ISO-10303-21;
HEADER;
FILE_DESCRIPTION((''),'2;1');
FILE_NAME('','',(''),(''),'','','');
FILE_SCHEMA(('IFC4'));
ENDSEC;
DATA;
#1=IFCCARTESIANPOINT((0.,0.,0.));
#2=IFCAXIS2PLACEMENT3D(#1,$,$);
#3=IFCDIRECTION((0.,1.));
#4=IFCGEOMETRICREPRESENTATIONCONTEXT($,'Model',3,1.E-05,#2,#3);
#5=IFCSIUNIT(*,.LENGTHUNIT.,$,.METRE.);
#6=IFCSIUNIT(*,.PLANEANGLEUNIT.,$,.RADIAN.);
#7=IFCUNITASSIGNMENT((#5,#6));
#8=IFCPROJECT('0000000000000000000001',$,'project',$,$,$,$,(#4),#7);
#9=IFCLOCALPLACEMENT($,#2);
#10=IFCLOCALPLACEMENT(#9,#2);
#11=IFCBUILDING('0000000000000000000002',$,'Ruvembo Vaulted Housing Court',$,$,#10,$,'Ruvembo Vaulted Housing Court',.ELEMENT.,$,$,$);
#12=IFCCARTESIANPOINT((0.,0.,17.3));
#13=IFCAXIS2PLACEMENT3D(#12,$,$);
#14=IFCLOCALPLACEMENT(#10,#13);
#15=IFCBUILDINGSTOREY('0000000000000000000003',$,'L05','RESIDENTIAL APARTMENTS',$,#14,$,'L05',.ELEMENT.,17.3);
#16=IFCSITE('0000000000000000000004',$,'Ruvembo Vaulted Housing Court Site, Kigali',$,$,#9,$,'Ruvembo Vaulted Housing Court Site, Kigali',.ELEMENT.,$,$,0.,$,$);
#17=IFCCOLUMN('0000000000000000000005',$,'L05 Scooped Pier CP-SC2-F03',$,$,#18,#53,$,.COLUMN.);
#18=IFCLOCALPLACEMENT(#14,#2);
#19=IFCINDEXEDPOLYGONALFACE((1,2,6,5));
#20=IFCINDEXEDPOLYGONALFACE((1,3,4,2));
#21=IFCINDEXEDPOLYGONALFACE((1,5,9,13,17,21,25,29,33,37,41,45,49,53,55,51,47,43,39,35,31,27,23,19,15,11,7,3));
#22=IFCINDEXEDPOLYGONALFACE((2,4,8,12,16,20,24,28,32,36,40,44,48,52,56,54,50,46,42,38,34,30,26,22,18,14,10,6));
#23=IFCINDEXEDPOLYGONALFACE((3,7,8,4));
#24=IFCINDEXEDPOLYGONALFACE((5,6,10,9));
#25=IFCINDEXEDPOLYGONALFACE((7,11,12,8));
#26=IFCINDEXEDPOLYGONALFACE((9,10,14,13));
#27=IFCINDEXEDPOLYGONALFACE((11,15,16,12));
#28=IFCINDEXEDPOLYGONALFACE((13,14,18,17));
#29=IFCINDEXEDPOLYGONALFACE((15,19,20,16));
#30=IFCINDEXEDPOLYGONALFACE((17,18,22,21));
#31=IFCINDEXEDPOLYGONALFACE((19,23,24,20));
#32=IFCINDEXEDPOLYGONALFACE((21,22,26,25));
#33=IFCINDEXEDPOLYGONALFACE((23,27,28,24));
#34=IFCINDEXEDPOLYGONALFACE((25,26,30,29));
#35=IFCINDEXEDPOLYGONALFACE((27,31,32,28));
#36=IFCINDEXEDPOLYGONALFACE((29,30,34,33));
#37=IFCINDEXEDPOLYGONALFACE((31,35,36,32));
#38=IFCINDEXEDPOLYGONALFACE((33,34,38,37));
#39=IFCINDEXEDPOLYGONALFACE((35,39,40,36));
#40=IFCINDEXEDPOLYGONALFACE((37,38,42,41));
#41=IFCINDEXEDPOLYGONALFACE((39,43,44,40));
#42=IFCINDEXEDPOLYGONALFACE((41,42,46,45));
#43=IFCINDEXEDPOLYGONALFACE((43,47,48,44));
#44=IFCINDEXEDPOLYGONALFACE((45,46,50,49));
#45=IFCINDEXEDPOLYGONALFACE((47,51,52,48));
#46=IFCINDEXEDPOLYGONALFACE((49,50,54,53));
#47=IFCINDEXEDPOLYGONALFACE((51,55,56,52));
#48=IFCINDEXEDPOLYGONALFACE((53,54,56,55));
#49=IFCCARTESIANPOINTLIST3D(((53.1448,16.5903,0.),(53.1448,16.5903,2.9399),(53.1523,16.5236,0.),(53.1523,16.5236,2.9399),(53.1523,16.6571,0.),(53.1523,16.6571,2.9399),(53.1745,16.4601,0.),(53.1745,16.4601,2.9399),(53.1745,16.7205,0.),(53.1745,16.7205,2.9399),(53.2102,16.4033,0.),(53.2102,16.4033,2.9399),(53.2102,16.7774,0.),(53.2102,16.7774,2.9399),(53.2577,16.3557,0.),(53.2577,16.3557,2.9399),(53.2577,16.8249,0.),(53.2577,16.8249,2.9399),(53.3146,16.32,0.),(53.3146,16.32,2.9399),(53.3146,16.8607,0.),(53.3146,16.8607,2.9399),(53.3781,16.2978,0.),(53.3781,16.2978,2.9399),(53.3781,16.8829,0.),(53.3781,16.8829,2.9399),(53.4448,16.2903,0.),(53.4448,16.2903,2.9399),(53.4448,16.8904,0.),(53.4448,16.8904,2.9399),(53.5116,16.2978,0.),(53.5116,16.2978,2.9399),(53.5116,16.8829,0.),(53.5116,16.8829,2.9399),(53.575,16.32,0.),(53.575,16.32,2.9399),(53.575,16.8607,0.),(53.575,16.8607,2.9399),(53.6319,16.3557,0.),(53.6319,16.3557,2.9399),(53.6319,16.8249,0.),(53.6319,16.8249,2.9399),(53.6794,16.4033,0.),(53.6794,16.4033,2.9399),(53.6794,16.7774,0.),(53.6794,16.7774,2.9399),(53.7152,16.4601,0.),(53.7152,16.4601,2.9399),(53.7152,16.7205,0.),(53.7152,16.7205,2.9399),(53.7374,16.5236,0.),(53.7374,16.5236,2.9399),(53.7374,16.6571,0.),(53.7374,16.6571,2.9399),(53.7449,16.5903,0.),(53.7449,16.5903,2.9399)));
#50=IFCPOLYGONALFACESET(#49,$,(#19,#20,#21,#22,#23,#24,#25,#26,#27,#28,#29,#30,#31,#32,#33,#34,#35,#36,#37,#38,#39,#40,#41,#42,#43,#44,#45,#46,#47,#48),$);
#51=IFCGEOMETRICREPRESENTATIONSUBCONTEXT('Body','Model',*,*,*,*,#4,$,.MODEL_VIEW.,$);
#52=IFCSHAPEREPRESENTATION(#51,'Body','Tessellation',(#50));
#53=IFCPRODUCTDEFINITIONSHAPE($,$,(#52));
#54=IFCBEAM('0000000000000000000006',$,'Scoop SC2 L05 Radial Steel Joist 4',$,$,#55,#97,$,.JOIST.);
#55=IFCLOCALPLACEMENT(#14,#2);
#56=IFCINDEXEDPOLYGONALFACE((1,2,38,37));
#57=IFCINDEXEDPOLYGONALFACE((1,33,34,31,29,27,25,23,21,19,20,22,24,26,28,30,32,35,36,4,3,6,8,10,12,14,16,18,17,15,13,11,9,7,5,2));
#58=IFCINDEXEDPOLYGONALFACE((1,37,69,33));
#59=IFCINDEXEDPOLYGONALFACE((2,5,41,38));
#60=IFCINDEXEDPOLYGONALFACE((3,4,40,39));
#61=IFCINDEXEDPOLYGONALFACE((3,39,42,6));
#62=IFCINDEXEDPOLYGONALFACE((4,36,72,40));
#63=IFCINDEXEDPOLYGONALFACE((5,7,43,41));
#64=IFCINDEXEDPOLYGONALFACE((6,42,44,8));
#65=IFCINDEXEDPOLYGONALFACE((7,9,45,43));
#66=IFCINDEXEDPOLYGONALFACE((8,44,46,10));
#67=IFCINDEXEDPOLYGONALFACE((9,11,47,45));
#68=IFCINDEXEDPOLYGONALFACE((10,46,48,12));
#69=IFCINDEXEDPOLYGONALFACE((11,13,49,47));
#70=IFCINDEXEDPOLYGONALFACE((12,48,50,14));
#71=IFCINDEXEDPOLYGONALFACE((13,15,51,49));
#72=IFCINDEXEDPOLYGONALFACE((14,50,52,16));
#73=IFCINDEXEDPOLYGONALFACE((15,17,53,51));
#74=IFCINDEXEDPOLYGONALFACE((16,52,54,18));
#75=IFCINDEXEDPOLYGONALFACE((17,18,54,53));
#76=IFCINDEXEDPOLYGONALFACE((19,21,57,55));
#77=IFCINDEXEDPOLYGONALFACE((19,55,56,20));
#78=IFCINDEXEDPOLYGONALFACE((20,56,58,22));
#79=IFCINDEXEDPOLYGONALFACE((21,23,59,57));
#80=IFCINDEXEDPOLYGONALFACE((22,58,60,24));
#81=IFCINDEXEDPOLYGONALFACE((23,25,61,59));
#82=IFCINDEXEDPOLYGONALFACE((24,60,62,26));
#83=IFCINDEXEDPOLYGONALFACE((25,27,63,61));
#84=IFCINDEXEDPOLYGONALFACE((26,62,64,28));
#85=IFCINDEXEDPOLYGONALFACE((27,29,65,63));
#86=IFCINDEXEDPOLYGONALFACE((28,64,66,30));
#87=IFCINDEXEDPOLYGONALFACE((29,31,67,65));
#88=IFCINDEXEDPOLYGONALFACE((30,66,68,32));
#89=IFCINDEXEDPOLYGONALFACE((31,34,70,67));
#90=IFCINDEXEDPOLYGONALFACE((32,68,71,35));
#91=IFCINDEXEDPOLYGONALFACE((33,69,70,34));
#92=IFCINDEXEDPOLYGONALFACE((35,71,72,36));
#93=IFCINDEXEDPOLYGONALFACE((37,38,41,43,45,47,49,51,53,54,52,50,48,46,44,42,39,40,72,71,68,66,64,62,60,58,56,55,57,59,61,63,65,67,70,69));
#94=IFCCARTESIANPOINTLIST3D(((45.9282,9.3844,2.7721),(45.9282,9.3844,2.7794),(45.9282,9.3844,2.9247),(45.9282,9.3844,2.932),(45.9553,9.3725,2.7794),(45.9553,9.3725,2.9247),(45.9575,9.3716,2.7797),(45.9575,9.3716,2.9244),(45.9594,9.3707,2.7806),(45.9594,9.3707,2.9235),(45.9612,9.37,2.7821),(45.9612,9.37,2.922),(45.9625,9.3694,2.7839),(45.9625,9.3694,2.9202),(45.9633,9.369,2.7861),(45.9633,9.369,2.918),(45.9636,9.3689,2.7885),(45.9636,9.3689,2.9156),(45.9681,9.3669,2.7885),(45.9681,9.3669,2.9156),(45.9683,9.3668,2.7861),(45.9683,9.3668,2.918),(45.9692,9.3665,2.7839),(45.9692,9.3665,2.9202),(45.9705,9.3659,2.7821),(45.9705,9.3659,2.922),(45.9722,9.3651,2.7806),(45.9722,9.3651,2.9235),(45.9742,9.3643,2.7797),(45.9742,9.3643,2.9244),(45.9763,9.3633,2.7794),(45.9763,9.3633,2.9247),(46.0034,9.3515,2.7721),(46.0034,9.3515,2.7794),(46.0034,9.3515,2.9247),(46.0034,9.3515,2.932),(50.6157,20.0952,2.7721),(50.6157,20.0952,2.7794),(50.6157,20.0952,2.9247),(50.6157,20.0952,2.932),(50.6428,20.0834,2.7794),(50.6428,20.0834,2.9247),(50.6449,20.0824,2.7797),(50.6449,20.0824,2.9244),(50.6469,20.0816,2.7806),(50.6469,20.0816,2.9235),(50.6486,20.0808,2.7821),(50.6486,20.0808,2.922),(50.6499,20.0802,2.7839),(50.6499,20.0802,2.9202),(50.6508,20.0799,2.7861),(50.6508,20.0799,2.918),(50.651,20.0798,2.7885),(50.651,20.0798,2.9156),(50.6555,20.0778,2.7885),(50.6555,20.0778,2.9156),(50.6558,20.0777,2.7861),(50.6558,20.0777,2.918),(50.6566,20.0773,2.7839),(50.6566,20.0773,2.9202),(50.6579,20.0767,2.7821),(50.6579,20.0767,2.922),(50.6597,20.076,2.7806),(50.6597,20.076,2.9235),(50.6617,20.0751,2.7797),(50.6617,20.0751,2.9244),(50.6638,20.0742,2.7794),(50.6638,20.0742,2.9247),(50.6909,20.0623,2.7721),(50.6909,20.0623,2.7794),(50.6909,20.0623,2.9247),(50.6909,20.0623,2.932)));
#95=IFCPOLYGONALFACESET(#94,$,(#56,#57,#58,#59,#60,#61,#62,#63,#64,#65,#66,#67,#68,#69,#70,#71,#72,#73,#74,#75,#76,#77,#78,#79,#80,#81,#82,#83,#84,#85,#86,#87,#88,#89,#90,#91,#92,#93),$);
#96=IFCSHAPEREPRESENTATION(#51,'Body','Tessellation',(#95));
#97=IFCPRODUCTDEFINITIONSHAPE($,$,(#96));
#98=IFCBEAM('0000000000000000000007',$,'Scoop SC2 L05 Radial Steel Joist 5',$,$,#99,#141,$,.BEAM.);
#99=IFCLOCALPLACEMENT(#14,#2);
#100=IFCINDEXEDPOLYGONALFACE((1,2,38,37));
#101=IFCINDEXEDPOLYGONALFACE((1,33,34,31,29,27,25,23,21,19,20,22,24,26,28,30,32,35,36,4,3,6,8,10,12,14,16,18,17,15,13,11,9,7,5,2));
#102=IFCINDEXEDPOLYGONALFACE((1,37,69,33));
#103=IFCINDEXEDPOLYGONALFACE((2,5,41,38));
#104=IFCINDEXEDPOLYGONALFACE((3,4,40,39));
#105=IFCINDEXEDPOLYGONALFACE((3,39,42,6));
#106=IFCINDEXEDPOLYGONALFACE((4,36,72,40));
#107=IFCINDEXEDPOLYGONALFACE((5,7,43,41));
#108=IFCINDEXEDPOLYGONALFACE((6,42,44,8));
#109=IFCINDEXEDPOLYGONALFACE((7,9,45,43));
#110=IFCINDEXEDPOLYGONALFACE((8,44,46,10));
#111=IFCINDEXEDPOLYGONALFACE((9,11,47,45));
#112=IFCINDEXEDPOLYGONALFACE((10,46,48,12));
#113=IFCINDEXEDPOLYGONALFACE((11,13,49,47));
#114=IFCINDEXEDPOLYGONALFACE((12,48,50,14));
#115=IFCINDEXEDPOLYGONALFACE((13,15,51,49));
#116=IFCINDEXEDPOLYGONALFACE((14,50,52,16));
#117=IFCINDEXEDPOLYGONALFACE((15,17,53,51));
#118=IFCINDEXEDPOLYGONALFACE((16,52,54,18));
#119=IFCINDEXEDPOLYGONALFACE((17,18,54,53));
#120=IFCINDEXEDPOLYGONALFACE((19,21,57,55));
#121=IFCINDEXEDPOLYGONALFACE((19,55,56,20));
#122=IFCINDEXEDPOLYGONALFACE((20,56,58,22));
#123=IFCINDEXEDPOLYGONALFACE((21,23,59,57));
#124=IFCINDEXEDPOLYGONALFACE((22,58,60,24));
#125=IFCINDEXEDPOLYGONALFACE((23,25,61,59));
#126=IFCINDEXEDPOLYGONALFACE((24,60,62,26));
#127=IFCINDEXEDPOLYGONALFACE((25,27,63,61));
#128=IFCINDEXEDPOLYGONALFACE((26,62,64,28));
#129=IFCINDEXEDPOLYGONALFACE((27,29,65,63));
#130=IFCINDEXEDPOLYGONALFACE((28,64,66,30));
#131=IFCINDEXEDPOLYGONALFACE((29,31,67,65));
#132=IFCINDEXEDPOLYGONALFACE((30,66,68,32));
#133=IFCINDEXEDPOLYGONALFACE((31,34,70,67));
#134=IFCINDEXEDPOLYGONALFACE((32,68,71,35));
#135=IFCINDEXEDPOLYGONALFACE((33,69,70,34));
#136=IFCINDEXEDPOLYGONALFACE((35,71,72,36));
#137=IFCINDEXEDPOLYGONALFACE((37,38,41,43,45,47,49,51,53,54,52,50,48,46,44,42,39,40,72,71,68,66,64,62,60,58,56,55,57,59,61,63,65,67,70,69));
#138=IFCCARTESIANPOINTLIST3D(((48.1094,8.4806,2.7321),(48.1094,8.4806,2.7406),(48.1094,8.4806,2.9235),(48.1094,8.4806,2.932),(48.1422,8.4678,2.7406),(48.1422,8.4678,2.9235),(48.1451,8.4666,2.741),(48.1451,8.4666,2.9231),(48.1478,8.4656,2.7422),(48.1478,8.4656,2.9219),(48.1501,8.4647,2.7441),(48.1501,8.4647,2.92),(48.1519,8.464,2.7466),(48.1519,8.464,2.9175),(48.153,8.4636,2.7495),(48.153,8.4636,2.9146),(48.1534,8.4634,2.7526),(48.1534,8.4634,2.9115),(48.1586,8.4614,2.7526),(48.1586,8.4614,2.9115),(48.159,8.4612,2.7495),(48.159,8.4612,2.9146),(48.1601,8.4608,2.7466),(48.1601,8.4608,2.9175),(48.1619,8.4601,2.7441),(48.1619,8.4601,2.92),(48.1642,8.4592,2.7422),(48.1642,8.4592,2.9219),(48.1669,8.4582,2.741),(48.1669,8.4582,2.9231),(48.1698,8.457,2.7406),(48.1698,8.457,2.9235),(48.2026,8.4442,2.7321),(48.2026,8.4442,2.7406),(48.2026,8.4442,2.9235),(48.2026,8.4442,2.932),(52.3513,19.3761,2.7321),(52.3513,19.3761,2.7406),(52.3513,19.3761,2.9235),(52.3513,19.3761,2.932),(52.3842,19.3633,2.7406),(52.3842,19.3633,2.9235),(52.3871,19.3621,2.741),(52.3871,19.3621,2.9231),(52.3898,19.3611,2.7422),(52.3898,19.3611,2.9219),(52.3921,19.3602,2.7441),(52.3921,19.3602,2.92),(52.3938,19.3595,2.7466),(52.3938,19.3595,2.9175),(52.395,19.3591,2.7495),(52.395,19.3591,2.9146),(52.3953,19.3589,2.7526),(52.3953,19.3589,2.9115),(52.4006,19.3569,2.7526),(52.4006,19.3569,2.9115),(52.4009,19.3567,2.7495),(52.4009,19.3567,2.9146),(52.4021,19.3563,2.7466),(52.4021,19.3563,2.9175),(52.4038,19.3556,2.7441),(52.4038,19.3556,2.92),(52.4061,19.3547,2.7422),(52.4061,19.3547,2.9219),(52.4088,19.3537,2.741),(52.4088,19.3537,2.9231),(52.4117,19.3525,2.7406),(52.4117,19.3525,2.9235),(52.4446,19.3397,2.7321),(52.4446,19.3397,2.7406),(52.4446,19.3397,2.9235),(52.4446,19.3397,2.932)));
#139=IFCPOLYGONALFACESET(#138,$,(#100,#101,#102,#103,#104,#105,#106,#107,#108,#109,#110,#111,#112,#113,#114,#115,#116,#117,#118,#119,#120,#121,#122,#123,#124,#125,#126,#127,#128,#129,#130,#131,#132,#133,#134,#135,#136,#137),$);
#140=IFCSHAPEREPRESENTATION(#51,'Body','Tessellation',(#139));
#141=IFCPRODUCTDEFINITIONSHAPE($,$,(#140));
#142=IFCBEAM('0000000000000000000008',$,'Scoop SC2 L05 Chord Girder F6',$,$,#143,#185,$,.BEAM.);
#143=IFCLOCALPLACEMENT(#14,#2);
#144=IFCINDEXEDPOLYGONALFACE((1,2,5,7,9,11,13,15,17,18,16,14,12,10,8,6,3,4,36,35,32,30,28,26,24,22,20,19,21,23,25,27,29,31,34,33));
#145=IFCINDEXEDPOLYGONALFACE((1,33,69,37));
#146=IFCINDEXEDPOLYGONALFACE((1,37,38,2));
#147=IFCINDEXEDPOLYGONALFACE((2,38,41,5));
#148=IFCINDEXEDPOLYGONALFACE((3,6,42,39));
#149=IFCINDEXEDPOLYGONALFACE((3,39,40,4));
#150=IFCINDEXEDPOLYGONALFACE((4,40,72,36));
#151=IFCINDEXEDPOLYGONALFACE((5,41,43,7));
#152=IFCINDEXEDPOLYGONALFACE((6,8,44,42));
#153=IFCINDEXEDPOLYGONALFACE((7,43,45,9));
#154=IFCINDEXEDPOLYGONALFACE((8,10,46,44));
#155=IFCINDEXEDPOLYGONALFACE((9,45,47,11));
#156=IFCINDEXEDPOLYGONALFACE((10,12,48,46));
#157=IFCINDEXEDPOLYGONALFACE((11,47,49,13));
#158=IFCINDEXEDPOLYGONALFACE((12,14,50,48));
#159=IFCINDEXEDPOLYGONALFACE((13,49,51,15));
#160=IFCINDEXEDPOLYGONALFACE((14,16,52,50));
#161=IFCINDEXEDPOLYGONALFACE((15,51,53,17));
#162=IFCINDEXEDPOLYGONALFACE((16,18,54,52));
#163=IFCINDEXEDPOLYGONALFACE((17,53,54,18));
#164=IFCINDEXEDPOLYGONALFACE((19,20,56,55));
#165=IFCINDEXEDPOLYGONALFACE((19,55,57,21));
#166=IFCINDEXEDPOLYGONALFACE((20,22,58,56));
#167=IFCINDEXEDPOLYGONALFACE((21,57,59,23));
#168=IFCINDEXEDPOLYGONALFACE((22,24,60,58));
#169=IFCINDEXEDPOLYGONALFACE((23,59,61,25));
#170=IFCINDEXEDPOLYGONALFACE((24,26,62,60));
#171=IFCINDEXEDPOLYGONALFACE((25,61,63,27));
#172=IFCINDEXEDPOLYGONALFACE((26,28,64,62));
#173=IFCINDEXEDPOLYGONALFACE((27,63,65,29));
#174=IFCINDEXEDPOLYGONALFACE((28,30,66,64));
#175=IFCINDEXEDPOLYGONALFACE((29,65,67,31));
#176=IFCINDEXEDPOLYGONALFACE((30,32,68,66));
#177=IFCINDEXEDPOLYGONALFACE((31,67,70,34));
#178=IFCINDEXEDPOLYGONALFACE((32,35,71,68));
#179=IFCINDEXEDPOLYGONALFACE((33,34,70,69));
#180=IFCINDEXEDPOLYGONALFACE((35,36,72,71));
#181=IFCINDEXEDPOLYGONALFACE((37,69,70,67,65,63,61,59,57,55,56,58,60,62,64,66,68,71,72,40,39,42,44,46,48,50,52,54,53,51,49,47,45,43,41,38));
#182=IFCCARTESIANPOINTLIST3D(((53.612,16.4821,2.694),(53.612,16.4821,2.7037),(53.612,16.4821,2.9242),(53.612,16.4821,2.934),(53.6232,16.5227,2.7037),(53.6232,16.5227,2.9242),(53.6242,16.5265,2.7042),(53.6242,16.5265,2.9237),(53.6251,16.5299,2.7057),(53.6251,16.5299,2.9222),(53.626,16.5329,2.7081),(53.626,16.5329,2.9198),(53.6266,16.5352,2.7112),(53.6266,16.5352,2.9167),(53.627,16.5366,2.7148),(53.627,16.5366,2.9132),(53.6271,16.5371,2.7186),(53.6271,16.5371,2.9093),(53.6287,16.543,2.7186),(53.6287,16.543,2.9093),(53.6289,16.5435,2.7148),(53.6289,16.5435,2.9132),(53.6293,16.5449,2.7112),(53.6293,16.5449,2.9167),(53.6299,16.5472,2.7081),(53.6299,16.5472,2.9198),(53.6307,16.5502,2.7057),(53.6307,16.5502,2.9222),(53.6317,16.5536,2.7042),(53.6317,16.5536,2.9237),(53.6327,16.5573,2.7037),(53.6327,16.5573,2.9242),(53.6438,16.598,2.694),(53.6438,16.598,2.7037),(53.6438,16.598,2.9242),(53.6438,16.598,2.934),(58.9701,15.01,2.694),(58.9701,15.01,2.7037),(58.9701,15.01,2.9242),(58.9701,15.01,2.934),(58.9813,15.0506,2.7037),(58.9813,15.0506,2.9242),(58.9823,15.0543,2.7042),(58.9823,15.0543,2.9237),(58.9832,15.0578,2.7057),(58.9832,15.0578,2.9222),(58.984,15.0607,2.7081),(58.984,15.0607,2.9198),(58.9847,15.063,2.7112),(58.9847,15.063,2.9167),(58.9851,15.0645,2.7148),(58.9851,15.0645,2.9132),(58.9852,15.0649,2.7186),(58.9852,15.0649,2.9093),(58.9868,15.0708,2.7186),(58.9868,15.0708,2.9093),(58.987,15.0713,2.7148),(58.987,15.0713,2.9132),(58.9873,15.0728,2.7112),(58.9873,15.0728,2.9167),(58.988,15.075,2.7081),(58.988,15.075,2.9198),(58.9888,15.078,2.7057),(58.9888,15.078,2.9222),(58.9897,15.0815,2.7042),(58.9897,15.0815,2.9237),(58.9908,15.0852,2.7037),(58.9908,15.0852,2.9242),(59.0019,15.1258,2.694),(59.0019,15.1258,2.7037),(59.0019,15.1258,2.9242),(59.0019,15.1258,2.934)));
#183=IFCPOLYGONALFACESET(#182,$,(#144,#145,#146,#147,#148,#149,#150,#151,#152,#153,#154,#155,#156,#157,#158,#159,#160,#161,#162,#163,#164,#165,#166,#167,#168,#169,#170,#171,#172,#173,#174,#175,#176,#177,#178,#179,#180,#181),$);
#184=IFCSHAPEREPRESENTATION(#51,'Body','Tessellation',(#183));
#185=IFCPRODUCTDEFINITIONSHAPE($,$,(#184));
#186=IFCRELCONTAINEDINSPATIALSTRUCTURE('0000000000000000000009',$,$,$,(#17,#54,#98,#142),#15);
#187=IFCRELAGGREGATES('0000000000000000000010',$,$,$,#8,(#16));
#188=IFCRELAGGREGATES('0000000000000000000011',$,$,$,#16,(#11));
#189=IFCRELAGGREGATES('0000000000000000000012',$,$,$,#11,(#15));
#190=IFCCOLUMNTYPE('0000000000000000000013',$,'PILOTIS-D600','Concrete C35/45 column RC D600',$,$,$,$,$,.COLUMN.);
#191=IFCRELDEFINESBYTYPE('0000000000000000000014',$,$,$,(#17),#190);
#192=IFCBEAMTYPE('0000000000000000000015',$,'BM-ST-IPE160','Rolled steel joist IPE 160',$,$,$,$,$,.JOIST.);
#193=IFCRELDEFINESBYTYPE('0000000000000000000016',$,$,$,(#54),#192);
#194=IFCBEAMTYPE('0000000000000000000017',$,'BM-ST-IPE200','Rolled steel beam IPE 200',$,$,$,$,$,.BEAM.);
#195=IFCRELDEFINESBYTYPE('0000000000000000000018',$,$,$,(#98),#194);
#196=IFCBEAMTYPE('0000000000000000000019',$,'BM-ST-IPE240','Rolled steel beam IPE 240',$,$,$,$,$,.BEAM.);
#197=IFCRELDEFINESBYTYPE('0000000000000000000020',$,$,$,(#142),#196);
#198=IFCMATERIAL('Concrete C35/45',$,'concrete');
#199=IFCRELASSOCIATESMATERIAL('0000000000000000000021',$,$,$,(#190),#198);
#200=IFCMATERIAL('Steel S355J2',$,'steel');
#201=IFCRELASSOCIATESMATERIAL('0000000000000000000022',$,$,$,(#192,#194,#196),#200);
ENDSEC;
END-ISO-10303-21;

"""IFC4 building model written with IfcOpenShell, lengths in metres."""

from ifc_helpers import new_model, si_unit, direction, frame, origin, origin_2d, place, context, subcontext, project, spatial, circle, i_section, extrude, material, material_profile, profile_set, type_object, element, save


model = new_model("IFC4")

# Units and contexts
model_context = context("Model", 3, precision=1e-05, world=origin(), true_north=direction((0.0, 1.0)))
body_context = subcontext(model_context, "Body", "Model", "MODEL_VIEW")
ifc_project = project(units=[si_unit("LENGTHUNIT", "METRE"), si_unit("PLANEANGLEUNIT", "RADIAN")], contexts=[model_context])

# Site, building, storey
site_placement = place(None, origin())
site = spatial("IfcSite", under=ifc_project, at=site_placement, Name="Ruvembo Vaulted Housing Court Site, Kigali", LongName="Ruvembo Vaulted Housing Court Site, Kigali", CompositionType="ELEMENT", RefElevation=0.0)
building_placement = place(site_placement, origin())
building = spatial("IfcBuilding", under=site, at=building_placement, Name="Ruvembo Vaulted Housing Court", LongName="Ruvembo Vaulted Housing Court", CompositionType="ELEMENT")
storey_placement = place(building_placement, frame((0.0, 0.0, 17.3)))
storey = spatial("IfcBuildingStorey", under=building, at=storey_placement, Name="L05", Description="RESIDENTIAL APARTMENTS", LongName="L05", CompositionType="ELEMENT", Elevation=17.3)

# Column
ifc_material_1 = material(Name="Concrete C35/45", Category="concrete")
ifc_material_profile_1 = material_profile(ifc_material_1, circle(Radius=0.3, at=origin_2d()), Name="RC D600")
ifc_profile_set_1 = profile_set([ifc_material_profile_1], Name="Concrete C35/45")
column_type = type_object("IfcColumnType", Name="PILOTIS-D600", Description="Concrete C35/45 column RC D600", PredefinedType="COLUMN", material=ifc_profile_set_1)
column_placement = place(storey_placement, frame((53.4448, 16.5903, 0.0), z_axis=(0.0, 0.0, 1.0), x_axis=(1.0, 0.0, 0.0)))
element("IfcColumn", 1, at=column_placement, inside=storey, type_object=column_type, Name="L05 Scooped Pier CP-SC2-F03", PredefinedType="COLUMN", context=body_context, shape_type="SweptSolid", body=[
    extrude(circle(Radius=0.3, at=origin_2d()), origin(), (0.0, 0.0, 1.0), 2.9399),
])

# Beams
ifc_material_2 = material(Name="Steel S355J2", Category="steel")
ifc_material_profile_2 = material_profile(ifc_material_2, i_section(OverallWidth=0.082, OverallDepth=0.1599, WebThickness=0.0049, FlangeThickness=0.0073, FilletRadius=0.009, at=origin_2d()), Name="IPE 160")
ifc_profile_set_2 = profile_set([ifc_material_profile_2], Name="Steel S355J2")
beam_type_1 = type_object("IfcBeamType", Name="BM-ST-IPE160", Description="Rolled steel joist IPE 160", PredefinedType="JOIST", material=ifc_profile_set_2)
beam_1_placement = place(storey_placement, frame((45.9658, 9.3679, 2.8521), z_axis=(0.400924, 0.916111, 0.0), x_axis=(-0.916111, 0.400924, 0.0)))
element("IfcBeam", 2, at=beam_1_placement, inside=storey, type_object=beam_type_1, Name="Scoop SC2 L05 Radial Steel Joist 4", PredefinedType="JOIST", context=body_context, shape_type="SweptSolid", body=[
    extrude(i_section(OverallWidth=0.082, OverallDepth=0.1599, WebThickness=0.0049, FlangeThickness=0.0073, FilletRadius=0.009, at=origin_2d()), origin(), (0.0, 0.0, 1.0), 11.6917),
])
ifc_material_profile_3 = material_profile(ifc_material_2, i_section(OverallWidth=0.1001, OverallDepth=0.2, WebThickness=0.0056, FlangeThickness=0.0085, FilletRadius=0.012, at=origin_2d()), Name="IPE 200")
ifc_profile_set_3 = profile_set([ifc_material_profile_3], Name="Steel S355J2")
beam_type_2 = type_object("IfcBeamType", Name="BM-ST-IPE200", Description="Rolled steel beam IPE 200", PredefinedType="BEAM", material=ifc_profile_set_3)
beam_2_placement = place(storey_placement, frame((48.156, 8.4624, 2.832), z_axis=(0.362803, 0.931866, 0.0), x_axis=(-0.931866, 0.362803, 0.0)))
element("IfcBeam", 3, at=beam_2_placement, inside=storey, type_object=beam_type_2, Name="Scoop SC2 L05 Radial Steel Joist 5", PredefinedType="BEAM", context=body_context, shape_type="SweptSolid", body=[
    extrude(i_section(OverallWidth=0.1001, OverallDepth=0.2, WebThickness=0.0056, FlangeThickness=0.0085, FilletRadius=0.012, at=origin_2d()), origin(), (0.0, 0.0, 1.0), 11.6921),
])
ifc_material_profile_4 = material_profile(ifc_material_2, i_section(OverallWidth=0.1201, OverallDepth=0.24, WebThickness=0.0061, FlangeThickness=0.0098, FilletRadius=0.0149, at=origin_2d()), Name="IPE 240")
ifc_profile_set_4 = profile_set([ifc_material_profile_4], Name="Steel S355J2")
beam_type_3 = type_object("IfcBeamType", Name="BM-ST-IPE240", Description="Rolled steel beam IPE 240", PredefinedType="BEAM", material=ifc_profile_set_4)
beam_3_placement = place(storey_placement, frame((53.6279, 16.54, 2.814), z_axis=(0.964266, -0.264935, 0.0), x_axis=(0.264935, 0.964266, 0.0)))
element("IfcBeam", 4, at=beam_3_placement, inside=storey, type_object=beam_type_3, Name="Scoop SC2 L05 Chord Girder F6", PredefinedType="BEAM", context=body_context, shape_type="SweptSolid", body=[
    extrude(i_section(OverallWidth=0.1201, OverallDepth=0.24, WebThickness=0.0061, FlangeThickness=0.0098, FilletRadius=0.0149, at=origin_2d()), origin(), (0.0, 0.0, 1.0), 5.5566),
])

save(model, "model.ifc")
